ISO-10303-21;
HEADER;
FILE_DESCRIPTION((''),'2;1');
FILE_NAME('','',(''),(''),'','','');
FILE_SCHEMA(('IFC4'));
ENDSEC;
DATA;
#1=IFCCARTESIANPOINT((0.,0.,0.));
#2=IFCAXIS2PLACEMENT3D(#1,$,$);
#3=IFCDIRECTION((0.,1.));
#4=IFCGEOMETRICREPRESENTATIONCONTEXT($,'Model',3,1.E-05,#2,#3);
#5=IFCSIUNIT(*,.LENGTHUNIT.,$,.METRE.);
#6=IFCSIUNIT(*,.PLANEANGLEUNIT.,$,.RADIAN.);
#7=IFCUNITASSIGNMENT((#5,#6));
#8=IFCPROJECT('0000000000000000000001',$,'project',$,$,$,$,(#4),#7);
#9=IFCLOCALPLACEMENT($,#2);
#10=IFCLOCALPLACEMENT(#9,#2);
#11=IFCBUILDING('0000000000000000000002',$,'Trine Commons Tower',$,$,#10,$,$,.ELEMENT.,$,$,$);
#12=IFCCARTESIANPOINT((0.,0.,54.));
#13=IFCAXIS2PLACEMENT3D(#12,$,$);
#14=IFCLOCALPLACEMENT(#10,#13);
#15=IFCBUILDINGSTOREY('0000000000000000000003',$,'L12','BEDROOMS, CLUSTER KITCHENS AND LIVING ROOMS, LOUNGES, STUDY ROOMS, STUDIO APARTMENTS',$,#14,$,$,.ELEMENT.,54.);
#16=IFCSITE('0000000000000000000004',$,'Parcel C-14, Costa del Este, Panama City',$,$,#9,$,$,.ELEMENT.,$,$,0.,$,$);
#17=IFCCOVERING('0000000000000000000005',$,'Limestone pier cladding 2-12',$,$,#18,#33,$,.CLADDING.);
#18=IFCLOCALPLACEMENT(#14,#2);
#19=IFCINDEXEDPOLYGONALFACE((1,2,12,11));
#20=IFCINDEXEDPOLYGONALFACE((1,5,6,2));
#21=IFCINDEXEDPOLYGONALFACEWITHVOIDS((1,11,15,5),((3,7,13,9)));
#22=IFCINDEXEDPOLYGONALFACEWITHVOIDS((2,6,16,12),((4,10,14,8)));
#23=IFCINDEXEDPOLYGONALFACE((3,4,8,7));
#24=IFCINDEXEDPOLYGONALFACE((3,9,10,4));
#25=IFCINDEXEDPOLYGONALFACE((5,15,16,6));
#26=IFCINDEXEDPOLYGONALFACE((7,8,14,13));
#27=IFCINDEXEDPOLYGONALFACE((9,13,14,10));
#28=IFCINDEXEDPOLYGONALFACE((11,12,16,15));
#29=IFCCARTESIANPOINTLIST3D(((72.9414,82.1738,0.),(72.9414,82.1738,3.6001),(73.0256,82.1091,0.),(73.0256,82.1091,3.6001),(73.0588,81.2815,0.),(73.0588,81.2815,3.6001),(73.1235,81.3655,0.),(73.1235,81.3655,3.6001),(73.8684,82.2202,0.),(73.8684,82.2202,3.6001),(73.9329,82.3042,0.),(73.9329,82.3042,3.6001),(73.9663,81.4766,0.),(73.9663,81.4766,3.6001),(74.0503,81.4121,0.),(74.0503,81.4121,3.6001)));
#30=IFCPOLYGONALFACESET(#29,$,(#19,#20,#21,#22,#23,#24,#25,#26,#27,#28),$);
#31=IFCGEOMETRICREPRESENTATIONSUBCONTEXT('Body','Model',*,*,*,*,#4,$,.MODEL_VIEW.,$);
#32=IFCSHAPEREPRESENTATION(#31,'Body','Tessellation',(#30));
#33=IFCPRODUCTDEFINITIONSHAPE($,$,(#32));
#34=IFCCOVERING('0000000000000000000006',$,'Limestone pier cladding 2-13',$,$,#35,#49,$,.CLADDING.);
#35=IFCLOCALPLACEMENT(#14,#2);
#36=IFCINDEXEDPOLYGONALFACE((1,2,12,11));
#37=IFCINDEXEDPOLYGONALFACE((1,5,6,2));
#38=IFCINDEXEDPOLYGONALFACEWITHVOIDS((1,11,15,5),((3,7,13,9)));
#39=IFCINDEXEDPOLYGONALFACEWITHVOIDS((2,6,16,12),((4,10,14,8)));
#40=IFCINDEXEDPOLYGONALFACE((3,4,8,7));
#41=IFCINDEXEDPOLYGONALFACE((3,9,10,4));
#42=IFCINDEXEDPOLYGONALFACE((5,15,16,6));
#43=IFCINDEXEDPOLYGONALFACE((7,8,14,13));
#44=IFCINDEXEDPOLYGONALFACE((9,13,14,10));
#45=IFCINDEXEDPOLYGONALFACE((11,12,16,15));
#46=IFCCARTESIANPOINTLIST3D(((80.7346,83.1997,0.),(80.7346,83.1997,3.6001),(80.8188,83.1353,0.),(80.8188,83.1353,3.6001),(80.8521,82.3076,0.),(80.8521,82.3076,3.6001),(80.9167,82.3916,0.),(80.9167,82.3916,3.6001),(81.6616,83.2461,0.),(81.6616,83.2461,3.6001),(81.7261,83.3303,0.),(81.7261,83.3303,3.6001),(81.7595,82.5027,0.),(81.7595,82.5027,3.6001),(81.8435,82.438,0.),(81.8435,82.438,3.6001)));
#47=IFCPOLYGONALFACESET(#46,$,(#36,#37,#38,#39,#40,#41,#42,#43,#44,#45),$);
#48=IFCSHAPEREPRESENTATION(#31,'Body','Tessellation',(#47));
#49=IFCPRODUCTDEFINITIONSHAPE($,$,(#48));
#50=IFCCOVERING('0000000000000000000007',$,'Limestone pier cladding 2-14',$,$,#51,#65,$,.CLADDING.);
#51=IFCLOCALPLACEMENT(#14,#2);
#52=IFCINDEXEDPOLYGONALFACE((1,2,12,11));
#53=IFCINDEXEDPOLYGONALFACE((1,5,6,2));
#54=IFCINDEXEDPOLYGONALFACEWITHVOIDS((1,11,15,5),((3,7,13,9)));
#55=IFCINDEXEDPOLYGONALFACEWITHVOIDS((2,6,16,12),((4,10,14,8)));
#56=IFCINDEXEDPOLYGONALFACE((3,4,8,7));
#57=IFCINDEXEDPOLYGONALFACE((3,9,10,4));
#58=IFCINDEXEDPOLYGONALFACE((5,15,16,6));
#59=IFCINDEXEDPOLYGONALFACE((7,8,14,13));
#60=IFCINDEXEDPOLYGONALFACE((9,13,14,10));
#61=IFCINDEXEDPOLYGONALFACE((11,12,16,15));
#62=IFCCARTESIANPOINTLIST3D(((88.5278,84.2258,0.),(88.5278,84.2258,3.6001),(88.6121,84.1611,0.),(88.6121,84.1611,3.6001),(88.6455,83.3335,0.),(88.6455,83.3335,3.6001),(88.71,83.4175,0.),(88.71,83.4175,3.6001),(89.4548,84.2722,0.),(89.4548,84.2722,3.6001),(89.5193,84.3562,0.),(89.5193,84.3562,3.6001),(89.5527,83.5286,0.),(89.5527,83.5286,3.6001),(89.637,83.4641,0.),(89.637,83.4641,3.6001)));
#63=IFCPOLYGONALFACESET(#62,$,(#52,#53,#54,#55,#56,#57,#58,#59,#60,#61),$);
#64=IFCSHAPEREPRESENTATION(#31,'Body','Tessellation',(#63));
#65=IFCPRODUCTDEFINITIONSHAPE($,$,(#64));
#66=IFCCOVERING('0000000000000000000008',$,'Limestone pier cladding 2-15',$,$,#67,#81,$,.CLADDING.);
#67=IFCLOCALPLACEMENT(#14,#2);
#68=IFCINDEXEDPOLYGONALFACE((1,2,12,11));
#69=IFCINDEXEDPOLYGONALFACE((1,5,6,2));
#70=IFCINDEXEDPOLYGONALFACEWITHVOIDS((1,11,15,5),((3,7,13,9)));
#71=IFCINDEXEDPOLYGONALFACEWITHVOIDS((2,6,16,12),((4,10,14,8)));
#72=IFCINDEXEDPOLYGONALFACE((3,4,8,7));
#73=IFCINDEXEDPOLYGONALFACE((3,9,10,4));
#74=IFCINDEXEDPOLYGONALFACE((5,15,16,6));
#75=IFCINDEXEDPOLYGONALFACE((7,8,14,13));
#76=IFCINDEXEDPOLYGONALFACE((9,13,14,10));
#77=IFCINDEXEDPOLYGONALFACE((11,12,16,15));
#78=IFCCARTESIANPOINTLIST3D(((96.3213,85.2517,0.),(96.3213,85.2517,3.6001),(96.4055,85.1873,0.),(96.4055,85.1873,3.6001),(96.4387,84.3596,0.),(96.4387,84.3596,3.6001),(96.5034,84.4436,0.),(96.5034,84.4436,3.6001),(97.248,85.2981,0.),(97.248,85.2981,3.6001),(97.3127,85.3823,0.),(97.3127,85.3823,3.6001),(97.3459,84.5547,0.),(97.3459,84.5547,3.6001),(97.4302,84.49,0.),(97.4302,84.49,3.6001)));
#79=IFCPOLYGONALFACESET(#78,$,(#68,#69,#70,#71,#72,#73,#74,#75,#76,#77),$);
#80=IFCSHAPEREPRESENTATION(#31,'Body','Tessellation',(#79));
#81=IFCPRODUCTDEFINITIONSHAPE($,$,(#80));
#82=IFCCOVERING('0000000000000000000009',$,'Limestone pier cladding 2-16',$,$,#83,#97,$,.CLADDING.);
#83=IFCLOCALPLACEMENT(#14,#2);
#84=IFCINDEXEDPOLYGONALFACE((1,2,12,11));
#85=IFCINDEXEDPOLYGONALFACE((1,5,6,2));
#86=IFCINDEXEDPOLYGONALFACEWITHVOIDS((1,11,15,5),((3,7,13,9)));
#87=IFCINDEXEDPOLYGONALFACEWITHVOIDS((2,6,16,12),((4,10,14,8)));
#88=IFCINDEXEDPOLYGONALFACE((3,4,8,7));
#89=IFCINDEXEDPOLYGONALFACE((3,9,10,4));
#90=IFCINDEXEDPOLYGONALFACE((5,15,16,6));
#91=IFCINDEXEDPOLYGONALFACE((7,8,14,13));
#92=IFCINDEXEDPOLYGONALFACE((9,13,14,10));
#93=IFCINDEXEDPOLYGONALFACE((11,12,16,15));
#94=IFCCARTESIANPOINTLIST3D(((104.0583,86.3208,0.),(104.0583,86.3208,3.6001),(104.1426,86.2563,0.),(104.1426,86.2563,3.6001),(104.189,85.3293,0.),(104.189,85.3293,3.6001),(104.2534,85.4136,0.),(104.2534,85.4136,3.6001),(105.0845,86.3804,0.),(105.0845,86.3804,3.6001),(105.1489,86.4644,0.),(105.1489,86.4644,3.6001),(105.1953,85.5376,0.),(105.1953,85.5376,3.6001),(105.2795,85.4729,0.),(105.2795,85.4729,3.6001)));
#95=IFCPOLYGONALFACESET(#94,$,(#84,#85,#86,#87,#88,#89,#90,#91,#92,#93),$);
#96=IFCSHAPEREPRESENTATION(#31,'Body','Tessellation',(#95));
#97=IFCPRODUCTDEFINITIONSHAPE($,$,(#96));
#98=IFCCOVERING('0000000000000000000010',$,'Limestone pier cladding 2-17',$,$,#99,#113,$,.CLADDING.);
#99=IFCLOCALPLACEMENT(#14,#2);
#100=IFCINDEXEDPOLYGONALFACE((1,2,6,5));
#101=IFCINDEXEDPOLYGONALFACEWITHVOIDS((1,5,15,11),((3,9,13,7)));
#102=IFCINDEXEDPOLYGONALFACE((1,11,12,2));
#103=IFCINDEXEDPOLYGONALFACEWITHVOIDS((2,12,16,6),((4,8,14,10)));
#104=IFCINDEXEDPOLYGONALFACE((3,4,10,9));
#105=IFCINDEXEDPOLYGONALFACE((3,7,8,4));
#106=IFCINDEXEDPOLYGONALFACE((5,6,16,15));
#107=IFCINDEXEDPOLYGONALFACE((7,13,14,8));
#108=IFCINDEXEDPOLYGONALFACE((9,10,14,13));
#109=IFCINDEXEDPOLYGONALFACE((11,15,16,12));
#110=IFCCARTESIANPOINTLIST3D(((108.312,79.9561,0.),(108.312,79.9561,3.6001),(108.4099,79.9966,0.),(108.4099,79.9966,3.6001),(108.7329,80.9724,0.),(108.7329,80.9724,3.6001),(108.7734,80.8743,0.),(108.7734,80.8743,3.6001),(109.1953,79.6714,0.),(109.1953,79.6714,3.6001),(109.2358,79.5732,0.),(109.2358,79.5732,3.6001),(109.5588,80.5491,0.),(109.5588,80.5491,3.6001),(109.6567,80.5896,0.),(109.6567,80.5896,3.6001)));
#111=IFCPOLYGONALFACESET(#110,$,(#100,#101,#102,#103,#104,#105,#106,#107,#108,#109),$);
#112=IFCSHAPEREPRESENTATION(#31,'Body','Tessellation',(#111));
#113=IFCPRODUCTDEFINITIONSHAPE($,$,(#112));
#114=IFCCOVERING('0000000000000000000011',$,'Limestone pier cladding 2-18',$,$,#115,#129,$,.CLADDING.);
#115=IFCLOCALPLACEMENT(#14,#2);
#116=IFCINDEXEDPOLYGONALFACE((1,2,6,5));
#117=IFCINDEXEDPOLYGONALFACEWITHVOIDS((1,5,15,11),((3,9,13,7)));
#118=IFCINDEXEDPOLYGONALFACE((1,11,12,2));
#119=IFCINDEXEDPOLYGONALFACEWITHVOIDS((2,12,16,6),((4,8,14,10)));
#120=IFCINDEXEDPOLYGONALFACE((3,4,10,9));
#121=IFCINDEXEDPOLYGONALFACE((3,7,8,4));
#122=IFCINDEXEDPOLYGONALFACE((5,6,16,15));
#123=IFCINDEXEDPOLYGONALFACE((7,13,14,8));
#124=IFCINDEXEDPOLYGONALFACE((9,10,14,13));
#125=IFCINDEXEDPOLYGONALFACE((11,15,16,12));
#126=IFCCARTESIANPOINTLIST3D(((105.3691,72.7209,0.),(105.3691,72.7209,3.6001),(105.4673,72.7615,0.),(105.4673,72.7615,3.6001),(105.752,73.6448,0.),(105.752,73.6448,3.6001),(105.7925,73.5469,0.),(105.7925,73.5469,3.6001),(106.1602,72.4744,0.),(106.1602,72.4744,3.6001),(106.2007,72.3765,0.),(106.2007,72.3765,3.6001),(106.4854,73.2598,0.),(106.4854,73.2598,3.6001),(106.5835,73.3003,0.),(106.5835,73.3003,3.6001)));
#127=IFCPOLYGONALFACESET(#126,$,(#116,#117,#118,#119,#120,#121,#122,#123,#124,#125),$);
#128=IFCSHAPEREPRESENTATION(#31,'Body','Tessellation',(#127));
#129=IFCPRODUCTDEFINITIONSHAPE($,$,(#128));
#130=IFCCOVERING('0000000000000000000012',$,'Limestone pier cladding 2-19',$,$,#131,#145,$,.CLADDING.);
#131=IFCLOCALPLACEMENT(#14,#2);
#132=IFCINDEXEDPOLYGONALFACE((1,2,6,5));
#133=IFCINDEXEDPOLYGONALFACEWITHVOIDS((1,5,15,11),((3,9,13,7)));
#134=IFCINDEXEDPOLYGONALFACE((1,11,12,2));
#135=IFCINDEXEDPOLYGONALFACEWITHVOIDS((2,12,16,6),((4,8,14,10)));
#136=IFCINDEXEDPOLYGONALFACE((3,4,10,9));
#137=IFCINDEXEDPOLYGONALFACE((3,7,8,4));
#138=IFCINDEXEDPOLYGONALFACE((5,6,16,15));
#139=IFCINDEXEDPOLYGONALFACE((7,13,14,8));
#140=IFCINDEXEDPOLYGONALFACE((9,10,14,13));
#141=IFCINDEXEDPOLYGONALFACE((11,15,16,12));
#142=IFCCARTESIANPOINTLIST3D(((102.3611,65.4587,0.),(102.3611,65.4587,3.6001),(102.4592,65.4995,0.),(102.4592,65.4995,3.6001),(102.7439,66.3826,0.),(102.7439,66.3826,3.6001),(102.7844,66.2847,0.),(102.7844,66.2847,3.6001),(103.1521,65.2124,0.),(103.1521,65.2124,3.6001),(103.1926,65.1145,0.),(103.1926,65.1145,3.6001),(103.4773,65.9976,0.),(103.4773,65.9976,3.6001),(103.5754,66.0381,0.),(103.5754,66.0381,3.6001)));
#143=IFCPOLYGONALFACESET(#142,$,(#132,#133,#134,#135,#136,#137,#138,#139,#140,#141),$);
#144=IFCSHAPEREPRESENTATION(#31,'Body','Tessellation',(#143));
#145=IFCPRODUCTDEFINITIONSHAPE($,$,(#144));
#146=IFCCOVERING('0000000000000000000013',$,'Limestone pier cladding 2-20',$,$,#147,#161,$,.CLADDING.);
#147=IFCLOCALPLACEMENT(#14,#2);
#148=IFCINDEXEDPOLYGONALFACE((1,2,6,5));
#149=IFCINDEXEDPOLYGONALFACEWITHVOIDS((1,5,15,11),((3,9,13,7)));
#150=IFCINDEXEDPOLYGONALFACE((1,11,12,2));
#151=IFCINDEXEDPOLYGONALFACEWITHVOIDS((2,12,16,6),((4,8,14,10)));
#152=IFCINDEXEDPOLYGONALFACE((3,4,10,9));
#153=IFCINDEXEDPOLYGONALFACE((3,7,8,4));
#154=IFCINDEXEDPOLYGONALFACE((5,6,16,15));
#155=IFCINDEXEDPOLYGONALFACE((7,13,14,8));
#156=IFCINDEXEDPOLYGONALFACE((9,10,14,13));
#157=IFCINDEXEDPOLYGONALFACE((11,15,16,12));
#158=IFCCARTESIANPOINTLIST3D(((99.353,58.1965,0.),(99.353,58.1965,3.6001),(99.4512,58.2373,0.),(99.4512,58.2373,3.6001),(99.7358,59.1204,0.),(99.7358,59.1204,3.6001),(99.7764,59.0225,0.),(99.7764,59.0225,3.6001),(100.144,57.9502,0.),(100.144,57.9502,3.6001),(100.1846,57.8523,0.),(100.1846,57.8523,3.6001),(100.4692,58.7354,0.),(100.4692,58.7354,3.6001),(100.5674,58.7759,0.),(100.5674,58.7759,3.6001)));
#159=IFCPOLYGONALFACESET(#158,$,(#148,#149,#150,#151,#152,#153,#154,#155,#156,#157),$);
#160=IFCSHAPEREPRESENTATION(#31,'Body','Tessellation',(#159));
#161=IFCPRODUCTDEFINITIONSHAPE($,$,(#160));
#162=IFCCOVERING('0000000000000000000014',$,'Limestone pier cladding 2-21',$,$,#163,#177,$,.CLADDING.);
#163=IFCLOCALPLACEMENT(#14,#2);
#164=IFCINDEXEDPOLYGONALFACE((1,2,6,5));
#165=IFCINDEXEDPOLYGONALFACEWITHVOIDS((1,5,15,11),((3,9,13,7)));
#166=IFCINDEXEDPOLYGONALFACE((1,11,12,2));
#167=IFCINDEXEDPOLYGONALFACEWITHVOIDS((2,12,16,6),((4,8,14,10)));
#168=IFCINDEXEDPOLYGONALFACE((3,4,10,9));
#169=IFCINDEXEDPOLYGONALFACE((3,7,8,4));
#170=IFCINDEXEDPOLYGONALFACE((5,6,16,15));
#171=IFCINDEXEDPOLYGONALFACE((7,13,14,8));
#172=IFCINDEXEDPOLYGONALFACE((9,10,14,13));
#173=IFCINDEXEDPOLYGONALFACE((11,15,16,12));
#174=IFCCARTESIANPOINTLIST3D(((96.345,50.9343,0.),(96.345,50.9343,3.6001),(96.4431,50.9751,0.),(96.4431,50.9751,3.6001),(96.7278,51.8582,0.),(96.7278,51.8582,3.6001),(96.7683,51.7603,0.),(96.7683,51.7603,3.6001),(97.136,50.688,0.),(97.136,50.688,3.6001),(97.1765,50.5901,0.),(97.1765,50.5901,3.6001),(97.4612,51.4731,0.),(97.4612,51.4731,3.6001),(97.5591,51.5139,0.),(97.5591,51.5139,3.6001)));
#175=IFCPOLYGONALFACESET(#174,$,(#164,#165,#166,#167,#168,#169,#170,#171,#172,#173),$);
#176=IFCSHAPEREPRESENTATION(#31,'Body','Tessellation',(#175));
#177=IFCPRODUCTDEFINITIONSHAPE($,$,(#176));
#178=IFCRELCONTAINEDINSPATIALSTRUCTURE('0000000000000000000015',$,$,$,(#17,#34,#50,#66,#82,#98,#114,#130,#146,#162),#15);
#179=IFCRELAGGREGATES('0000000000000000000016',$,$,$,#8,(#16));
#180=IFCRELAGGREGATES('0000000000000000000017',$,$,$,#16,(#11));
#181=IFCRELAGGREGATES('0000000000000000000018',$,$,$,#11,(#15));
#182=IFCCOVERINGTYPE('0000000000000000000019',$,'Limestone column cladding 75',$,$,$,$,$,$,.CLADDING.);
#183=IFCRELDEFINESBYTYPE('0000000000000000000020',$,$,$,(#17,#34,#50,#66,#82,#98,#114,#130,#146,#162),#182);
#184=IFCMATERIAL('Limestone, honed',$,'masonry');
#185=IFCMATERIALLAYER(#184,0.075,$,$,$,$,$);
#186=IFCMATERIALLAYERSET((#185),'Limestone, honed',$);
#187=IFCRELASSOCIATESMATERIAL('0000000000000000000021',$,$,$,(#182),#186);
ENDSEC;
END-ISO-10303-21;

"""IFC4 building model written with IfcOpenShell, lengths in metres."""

from ifc_helpers import new_model, si_unit, direction, frame, origin, place, context, subcontext, project, spatial, polyline, outline, extrude, material, layer, layer_set, type_object, element, save


model = new_model("IFC4")

# Units and contexts
model_context = context("Model", 3, precision=1e-05, world=origin(), true_north=direction((0.0, 1.0)))
body_context = subcontext(model_context, "Body", "Model", "MODEL_VIEW")
ifc_project = project(units=[si_unit("LENGTHUNIT", "METRE"), si_unit("PLANEANGLEUNIT", "RADIAN")], contexts=[model_context])

# Site, building, storey
site_placement = place(None, origin())
site = spatial("IfcSite", under=ifc_project, at=site_placement, Name="Parcel C-14, Costa del Este, Panama City", CompositionType="ELEMENT", RefElevation=0.0)
building_placement = place(site_placement, origin())
building = spatial("IfcBuilding", under=site, at=building_placement, Name="Trine Commons Tower", CompositionType="ELEMENT")
storey_placement = place(building_placement, frame((0.0, 0.0, 54.0)))
storey = spatial("IfcBuildingStorey", under=building, at=storey_placement, Name="L12", Description="BEDROOMS, CLUSTER KITCHENS AND LIVING ROOMS, LOUNGES, STUDY ROOMS, STUDIO APARTMENTS", CompositionType="ELEMENT", Elevation=54.0)

# Coverings
ifc_material_1 = material(Name="Limestone, honed", Category="masonry")
ifc_layer_1 = layer(ifc_material_1, 0.075)
ifc_layer_set_1 = layer_set([ifc_layer_1], Name="Limestone, honed")
covering_type_1 = type_object("IfcCoveringType", Name="Limestone column cladding 75", PredefinedType="CLADDING", material=ifc_layer_set_1)
covering_1_placement = place(storey_placement, origin())
element("IfcCovering", 1, at=covering_1_placement, inside=storey, type_object=covering_type_1, Name="Limestone pier cladding 2-12", PredefinedType="CLADDING", context=body_context, shape_type="SweptSolid", body=[
    extrude(outline(polyline([(74.0503, 81.4121), (73.9329, 82.3042), (72.9414, 82.1738), (73.0588, 81.2815), (74.0503, 81.4121)]), holes=[polyline([(73.9663, 81.4766), (73.8684, 82.2202), (73.0256, 82.1091), (73.1235, 81.3655), (73.9663, 81.4766)])]), origin(), (0.0, 0.0, 1.0), 3.6001),
])
covering_2_placement = place(storey_placement, origin())
element("IfcCovering", 2, at=covering_2_placement, inside=storey, type_object=covering_type_1, Name="Limestone pier cladding 2-13", PredefinedType="CLADDING", context=body_context, shape_type="SweptSolid", body=[
    extrude(outline(polyline([(81.8435, 82.438), (81.7261, 83.3303), (80.7346, 83.1997), (80.8521, 82.3076), (81.8435, 82.438)]), holes=[polyline([(81.7595, 82.5027), (81.6616, 83.2461), (80.8188, 83.1353), (80.9167, 82.3916), (81.7595, 82.5027)])]), origin(), (0.0, 0.0, 1.0), 3.6001),
])
covering_3_placement = place(storey_placement, origin())
element("IfcCovering", 3, at=covering_3_placement, inside=storey, type_object=covering_type_1, Name="Limestone pier cladding 2-14", PredefinedType="CLADDING", context=body_context, shape_type="SweptSolid", body=[
    extrude(outline(polyline([(89.637, 83.4641), (89.5193, 84.3562), (88.5278, 84.2258), (88.6455, 83.3335), (89.637, 83.4641)]), holes=[polyline([(89.5527, 83.5286), (89.4548, 84.2722), (88.6121, 84.1611), (88.71, 83.4175), (89.5527, 83.5286)])]), origin(), (0.0, 0.0, 1.0), 3.6001),
])
covering_4_placement = place(storey_placement, origin())
element("IfcCovering", 4, at=covering_4_placement, inside=storey, type_object=covering_type_1, Name="Limestone pier cladding 2-15", PredefinedType="CLADDING", context=body_context, shape_type="SweptSolid", body=[
    extrude(outline(polyline([(97.4302, 84.49), (97.3127, 85.3823), (96.3213, 85.2517), (96.4387, 84.3596), (97.4302, 84.49)]), holes=[polyline([(97.3459, 84.5547), (97.248, 85.2981), (96.4055, 85.1873), (96.5034, 84.4436), (97.3459, 84.5547)])]), origin(), (0.0, 0.0, 1.0), 3.6001),
])
covering_5_placement = place(storey_placement, origin())
element("IfcCovering", 5, at=covering_5_placement, inside=storey, type_object=covering_type_1, Name="Limestone pier cladding 2-16", PredefinedType="CLADDING", context=body_context, shape_type="SweptSolid", body=[
    extrude(outline(polyline([(105.2795, 85.4729), (105.1489, 86.4644), (104.0583, 86.3208), (104.189, 85.3293), (105.2795, 85.4729)]), holes=[polyline([(105.1953, 85.5376), (105.0845, 86.3804), (104.1426, 86.2563), (104.2534, 85.4136), (105.1953, 85.5376)])]), origin(), (0.0, 0.0, 1.0), 3.6001),
])
covering_6_placement = place(storey_placement, origin())
element("IfcCovering", 6, at=covering_6_placement, inside=storey, type_object=covering_type_1, Name="Limestone pier cladding 2-17", PredefinedType="CLADDING", context=body_context, shape_type="SweptSolid", body=[
    extrude(outline(polyline([(109.6567, 80.5896), (108.7329, 80.9724), (108.312, 79.9561), (109.2358, 79.5732), (109.6567, 80.5896)]), holes=[polyline([(109.5588, 80.5491), (108.7734, 80.8743), (108.4099, 79.9966), (109.1953, 79.6714), (109.5588, 80.5491)])]), origin(), (0.0, 0.0, 1.0), 3.6001),
])
covering_7_placement = place(storey_placement, origin())
element("IfcCovering", 7, at=covering_7_placement, inside=storey, type_object=covering_type_1, Name="Limestone pier cladding 2-18", PredefinedType="CLADDING", context=body_context, shape_type="SweptSolid", body=[
    extrude(outline(polyline([(106.5835, 73.3003), (105.752, 73.6448), (105.3691, 72.7209), (106.2007, 72.3765), (106.5835, 73.3003)]), holes=[polyline([(106.4854, 73.2598), (105.7925, 73.5469), (105.4673, 72.7615), (106.1602, 72.4744), (106.4854, 73.2598)])]), origin(), (0.0, 0.0, 1.0), 3.6001),
])
covering_8_placement = place(storey_placement, origin())
element("IfcCovering", 8, at=covering_8_placement, inside=storey, type_object=covering_type_1, Name="Limestone pier cladding 2-19", PredefinedType="CLADDING", context=body_context, shape_type="SweptSolid", body=[
    extrude(outline(polyline([(103.5754, 66.0381), (102.7439, 66.3826), (102.3611, 65.4587), (103.1926, 65.1145), (103.5754, 66.0381)]), holes=[polyline([(103.4773, 65.9976), (102.7844, 66.2847), (102.4592, 65.4995), (103.1521, 65.2124), (103.4773, 65.9976)])]), origin(), (0.0, 0.0, 1.0), 3.6001),
])
covering_9_placement = place(storey_placement, origin())
element("IfcCovering", 9, at=covering_9_placement, inside=storey, type_object=covering_type_1, Name="Limestone pier cladding 2-20", PredefinedType="CLADDING", context=body_context, shape_type="SweptSolid", body=[
    extrude(outline(polyline([(100.5674, 58.7759), (99.7358, 59.1204), (99.353, 58.1965), (100.1846, 57.8523), (100.5674, 58.7759)]), holes=[polyline([(100.4692, 58.7354), (99.7764, 59.0225), (99.4512, 58.2373), (100.144, 57.9502), (100.4692, 58.7354)])]), origin(), (0.0, 0.0, 1.0), 3.6001),
])
covering_10_placement = place(storey_placement, origin())
element("IfcCovering", 10, at=covering_10_placement, inside=storey, type_object=covering_type_1, Name="Limestone pier cladding 2-21", PredefinedType="CLADDING", context=body_context, shape_type="SweptSolid", body=[
    extrude(outline(polyline([(97.5591, 51.5139), (96.7278, 51.8582), (96.345, 50.9343), (97.1765, 50.5901), (97.5591, 51.5139)]), holes=[polyline([(97.4612, 51.4731), (96.7683, 51.7603), (96.4431, 50.9751), (97.136, 50.688), (97.4612, 51.4731)])]), origin(), (0.0, 0.0, 1.0), 3.6001),
])

save(model, "model.ifc")
